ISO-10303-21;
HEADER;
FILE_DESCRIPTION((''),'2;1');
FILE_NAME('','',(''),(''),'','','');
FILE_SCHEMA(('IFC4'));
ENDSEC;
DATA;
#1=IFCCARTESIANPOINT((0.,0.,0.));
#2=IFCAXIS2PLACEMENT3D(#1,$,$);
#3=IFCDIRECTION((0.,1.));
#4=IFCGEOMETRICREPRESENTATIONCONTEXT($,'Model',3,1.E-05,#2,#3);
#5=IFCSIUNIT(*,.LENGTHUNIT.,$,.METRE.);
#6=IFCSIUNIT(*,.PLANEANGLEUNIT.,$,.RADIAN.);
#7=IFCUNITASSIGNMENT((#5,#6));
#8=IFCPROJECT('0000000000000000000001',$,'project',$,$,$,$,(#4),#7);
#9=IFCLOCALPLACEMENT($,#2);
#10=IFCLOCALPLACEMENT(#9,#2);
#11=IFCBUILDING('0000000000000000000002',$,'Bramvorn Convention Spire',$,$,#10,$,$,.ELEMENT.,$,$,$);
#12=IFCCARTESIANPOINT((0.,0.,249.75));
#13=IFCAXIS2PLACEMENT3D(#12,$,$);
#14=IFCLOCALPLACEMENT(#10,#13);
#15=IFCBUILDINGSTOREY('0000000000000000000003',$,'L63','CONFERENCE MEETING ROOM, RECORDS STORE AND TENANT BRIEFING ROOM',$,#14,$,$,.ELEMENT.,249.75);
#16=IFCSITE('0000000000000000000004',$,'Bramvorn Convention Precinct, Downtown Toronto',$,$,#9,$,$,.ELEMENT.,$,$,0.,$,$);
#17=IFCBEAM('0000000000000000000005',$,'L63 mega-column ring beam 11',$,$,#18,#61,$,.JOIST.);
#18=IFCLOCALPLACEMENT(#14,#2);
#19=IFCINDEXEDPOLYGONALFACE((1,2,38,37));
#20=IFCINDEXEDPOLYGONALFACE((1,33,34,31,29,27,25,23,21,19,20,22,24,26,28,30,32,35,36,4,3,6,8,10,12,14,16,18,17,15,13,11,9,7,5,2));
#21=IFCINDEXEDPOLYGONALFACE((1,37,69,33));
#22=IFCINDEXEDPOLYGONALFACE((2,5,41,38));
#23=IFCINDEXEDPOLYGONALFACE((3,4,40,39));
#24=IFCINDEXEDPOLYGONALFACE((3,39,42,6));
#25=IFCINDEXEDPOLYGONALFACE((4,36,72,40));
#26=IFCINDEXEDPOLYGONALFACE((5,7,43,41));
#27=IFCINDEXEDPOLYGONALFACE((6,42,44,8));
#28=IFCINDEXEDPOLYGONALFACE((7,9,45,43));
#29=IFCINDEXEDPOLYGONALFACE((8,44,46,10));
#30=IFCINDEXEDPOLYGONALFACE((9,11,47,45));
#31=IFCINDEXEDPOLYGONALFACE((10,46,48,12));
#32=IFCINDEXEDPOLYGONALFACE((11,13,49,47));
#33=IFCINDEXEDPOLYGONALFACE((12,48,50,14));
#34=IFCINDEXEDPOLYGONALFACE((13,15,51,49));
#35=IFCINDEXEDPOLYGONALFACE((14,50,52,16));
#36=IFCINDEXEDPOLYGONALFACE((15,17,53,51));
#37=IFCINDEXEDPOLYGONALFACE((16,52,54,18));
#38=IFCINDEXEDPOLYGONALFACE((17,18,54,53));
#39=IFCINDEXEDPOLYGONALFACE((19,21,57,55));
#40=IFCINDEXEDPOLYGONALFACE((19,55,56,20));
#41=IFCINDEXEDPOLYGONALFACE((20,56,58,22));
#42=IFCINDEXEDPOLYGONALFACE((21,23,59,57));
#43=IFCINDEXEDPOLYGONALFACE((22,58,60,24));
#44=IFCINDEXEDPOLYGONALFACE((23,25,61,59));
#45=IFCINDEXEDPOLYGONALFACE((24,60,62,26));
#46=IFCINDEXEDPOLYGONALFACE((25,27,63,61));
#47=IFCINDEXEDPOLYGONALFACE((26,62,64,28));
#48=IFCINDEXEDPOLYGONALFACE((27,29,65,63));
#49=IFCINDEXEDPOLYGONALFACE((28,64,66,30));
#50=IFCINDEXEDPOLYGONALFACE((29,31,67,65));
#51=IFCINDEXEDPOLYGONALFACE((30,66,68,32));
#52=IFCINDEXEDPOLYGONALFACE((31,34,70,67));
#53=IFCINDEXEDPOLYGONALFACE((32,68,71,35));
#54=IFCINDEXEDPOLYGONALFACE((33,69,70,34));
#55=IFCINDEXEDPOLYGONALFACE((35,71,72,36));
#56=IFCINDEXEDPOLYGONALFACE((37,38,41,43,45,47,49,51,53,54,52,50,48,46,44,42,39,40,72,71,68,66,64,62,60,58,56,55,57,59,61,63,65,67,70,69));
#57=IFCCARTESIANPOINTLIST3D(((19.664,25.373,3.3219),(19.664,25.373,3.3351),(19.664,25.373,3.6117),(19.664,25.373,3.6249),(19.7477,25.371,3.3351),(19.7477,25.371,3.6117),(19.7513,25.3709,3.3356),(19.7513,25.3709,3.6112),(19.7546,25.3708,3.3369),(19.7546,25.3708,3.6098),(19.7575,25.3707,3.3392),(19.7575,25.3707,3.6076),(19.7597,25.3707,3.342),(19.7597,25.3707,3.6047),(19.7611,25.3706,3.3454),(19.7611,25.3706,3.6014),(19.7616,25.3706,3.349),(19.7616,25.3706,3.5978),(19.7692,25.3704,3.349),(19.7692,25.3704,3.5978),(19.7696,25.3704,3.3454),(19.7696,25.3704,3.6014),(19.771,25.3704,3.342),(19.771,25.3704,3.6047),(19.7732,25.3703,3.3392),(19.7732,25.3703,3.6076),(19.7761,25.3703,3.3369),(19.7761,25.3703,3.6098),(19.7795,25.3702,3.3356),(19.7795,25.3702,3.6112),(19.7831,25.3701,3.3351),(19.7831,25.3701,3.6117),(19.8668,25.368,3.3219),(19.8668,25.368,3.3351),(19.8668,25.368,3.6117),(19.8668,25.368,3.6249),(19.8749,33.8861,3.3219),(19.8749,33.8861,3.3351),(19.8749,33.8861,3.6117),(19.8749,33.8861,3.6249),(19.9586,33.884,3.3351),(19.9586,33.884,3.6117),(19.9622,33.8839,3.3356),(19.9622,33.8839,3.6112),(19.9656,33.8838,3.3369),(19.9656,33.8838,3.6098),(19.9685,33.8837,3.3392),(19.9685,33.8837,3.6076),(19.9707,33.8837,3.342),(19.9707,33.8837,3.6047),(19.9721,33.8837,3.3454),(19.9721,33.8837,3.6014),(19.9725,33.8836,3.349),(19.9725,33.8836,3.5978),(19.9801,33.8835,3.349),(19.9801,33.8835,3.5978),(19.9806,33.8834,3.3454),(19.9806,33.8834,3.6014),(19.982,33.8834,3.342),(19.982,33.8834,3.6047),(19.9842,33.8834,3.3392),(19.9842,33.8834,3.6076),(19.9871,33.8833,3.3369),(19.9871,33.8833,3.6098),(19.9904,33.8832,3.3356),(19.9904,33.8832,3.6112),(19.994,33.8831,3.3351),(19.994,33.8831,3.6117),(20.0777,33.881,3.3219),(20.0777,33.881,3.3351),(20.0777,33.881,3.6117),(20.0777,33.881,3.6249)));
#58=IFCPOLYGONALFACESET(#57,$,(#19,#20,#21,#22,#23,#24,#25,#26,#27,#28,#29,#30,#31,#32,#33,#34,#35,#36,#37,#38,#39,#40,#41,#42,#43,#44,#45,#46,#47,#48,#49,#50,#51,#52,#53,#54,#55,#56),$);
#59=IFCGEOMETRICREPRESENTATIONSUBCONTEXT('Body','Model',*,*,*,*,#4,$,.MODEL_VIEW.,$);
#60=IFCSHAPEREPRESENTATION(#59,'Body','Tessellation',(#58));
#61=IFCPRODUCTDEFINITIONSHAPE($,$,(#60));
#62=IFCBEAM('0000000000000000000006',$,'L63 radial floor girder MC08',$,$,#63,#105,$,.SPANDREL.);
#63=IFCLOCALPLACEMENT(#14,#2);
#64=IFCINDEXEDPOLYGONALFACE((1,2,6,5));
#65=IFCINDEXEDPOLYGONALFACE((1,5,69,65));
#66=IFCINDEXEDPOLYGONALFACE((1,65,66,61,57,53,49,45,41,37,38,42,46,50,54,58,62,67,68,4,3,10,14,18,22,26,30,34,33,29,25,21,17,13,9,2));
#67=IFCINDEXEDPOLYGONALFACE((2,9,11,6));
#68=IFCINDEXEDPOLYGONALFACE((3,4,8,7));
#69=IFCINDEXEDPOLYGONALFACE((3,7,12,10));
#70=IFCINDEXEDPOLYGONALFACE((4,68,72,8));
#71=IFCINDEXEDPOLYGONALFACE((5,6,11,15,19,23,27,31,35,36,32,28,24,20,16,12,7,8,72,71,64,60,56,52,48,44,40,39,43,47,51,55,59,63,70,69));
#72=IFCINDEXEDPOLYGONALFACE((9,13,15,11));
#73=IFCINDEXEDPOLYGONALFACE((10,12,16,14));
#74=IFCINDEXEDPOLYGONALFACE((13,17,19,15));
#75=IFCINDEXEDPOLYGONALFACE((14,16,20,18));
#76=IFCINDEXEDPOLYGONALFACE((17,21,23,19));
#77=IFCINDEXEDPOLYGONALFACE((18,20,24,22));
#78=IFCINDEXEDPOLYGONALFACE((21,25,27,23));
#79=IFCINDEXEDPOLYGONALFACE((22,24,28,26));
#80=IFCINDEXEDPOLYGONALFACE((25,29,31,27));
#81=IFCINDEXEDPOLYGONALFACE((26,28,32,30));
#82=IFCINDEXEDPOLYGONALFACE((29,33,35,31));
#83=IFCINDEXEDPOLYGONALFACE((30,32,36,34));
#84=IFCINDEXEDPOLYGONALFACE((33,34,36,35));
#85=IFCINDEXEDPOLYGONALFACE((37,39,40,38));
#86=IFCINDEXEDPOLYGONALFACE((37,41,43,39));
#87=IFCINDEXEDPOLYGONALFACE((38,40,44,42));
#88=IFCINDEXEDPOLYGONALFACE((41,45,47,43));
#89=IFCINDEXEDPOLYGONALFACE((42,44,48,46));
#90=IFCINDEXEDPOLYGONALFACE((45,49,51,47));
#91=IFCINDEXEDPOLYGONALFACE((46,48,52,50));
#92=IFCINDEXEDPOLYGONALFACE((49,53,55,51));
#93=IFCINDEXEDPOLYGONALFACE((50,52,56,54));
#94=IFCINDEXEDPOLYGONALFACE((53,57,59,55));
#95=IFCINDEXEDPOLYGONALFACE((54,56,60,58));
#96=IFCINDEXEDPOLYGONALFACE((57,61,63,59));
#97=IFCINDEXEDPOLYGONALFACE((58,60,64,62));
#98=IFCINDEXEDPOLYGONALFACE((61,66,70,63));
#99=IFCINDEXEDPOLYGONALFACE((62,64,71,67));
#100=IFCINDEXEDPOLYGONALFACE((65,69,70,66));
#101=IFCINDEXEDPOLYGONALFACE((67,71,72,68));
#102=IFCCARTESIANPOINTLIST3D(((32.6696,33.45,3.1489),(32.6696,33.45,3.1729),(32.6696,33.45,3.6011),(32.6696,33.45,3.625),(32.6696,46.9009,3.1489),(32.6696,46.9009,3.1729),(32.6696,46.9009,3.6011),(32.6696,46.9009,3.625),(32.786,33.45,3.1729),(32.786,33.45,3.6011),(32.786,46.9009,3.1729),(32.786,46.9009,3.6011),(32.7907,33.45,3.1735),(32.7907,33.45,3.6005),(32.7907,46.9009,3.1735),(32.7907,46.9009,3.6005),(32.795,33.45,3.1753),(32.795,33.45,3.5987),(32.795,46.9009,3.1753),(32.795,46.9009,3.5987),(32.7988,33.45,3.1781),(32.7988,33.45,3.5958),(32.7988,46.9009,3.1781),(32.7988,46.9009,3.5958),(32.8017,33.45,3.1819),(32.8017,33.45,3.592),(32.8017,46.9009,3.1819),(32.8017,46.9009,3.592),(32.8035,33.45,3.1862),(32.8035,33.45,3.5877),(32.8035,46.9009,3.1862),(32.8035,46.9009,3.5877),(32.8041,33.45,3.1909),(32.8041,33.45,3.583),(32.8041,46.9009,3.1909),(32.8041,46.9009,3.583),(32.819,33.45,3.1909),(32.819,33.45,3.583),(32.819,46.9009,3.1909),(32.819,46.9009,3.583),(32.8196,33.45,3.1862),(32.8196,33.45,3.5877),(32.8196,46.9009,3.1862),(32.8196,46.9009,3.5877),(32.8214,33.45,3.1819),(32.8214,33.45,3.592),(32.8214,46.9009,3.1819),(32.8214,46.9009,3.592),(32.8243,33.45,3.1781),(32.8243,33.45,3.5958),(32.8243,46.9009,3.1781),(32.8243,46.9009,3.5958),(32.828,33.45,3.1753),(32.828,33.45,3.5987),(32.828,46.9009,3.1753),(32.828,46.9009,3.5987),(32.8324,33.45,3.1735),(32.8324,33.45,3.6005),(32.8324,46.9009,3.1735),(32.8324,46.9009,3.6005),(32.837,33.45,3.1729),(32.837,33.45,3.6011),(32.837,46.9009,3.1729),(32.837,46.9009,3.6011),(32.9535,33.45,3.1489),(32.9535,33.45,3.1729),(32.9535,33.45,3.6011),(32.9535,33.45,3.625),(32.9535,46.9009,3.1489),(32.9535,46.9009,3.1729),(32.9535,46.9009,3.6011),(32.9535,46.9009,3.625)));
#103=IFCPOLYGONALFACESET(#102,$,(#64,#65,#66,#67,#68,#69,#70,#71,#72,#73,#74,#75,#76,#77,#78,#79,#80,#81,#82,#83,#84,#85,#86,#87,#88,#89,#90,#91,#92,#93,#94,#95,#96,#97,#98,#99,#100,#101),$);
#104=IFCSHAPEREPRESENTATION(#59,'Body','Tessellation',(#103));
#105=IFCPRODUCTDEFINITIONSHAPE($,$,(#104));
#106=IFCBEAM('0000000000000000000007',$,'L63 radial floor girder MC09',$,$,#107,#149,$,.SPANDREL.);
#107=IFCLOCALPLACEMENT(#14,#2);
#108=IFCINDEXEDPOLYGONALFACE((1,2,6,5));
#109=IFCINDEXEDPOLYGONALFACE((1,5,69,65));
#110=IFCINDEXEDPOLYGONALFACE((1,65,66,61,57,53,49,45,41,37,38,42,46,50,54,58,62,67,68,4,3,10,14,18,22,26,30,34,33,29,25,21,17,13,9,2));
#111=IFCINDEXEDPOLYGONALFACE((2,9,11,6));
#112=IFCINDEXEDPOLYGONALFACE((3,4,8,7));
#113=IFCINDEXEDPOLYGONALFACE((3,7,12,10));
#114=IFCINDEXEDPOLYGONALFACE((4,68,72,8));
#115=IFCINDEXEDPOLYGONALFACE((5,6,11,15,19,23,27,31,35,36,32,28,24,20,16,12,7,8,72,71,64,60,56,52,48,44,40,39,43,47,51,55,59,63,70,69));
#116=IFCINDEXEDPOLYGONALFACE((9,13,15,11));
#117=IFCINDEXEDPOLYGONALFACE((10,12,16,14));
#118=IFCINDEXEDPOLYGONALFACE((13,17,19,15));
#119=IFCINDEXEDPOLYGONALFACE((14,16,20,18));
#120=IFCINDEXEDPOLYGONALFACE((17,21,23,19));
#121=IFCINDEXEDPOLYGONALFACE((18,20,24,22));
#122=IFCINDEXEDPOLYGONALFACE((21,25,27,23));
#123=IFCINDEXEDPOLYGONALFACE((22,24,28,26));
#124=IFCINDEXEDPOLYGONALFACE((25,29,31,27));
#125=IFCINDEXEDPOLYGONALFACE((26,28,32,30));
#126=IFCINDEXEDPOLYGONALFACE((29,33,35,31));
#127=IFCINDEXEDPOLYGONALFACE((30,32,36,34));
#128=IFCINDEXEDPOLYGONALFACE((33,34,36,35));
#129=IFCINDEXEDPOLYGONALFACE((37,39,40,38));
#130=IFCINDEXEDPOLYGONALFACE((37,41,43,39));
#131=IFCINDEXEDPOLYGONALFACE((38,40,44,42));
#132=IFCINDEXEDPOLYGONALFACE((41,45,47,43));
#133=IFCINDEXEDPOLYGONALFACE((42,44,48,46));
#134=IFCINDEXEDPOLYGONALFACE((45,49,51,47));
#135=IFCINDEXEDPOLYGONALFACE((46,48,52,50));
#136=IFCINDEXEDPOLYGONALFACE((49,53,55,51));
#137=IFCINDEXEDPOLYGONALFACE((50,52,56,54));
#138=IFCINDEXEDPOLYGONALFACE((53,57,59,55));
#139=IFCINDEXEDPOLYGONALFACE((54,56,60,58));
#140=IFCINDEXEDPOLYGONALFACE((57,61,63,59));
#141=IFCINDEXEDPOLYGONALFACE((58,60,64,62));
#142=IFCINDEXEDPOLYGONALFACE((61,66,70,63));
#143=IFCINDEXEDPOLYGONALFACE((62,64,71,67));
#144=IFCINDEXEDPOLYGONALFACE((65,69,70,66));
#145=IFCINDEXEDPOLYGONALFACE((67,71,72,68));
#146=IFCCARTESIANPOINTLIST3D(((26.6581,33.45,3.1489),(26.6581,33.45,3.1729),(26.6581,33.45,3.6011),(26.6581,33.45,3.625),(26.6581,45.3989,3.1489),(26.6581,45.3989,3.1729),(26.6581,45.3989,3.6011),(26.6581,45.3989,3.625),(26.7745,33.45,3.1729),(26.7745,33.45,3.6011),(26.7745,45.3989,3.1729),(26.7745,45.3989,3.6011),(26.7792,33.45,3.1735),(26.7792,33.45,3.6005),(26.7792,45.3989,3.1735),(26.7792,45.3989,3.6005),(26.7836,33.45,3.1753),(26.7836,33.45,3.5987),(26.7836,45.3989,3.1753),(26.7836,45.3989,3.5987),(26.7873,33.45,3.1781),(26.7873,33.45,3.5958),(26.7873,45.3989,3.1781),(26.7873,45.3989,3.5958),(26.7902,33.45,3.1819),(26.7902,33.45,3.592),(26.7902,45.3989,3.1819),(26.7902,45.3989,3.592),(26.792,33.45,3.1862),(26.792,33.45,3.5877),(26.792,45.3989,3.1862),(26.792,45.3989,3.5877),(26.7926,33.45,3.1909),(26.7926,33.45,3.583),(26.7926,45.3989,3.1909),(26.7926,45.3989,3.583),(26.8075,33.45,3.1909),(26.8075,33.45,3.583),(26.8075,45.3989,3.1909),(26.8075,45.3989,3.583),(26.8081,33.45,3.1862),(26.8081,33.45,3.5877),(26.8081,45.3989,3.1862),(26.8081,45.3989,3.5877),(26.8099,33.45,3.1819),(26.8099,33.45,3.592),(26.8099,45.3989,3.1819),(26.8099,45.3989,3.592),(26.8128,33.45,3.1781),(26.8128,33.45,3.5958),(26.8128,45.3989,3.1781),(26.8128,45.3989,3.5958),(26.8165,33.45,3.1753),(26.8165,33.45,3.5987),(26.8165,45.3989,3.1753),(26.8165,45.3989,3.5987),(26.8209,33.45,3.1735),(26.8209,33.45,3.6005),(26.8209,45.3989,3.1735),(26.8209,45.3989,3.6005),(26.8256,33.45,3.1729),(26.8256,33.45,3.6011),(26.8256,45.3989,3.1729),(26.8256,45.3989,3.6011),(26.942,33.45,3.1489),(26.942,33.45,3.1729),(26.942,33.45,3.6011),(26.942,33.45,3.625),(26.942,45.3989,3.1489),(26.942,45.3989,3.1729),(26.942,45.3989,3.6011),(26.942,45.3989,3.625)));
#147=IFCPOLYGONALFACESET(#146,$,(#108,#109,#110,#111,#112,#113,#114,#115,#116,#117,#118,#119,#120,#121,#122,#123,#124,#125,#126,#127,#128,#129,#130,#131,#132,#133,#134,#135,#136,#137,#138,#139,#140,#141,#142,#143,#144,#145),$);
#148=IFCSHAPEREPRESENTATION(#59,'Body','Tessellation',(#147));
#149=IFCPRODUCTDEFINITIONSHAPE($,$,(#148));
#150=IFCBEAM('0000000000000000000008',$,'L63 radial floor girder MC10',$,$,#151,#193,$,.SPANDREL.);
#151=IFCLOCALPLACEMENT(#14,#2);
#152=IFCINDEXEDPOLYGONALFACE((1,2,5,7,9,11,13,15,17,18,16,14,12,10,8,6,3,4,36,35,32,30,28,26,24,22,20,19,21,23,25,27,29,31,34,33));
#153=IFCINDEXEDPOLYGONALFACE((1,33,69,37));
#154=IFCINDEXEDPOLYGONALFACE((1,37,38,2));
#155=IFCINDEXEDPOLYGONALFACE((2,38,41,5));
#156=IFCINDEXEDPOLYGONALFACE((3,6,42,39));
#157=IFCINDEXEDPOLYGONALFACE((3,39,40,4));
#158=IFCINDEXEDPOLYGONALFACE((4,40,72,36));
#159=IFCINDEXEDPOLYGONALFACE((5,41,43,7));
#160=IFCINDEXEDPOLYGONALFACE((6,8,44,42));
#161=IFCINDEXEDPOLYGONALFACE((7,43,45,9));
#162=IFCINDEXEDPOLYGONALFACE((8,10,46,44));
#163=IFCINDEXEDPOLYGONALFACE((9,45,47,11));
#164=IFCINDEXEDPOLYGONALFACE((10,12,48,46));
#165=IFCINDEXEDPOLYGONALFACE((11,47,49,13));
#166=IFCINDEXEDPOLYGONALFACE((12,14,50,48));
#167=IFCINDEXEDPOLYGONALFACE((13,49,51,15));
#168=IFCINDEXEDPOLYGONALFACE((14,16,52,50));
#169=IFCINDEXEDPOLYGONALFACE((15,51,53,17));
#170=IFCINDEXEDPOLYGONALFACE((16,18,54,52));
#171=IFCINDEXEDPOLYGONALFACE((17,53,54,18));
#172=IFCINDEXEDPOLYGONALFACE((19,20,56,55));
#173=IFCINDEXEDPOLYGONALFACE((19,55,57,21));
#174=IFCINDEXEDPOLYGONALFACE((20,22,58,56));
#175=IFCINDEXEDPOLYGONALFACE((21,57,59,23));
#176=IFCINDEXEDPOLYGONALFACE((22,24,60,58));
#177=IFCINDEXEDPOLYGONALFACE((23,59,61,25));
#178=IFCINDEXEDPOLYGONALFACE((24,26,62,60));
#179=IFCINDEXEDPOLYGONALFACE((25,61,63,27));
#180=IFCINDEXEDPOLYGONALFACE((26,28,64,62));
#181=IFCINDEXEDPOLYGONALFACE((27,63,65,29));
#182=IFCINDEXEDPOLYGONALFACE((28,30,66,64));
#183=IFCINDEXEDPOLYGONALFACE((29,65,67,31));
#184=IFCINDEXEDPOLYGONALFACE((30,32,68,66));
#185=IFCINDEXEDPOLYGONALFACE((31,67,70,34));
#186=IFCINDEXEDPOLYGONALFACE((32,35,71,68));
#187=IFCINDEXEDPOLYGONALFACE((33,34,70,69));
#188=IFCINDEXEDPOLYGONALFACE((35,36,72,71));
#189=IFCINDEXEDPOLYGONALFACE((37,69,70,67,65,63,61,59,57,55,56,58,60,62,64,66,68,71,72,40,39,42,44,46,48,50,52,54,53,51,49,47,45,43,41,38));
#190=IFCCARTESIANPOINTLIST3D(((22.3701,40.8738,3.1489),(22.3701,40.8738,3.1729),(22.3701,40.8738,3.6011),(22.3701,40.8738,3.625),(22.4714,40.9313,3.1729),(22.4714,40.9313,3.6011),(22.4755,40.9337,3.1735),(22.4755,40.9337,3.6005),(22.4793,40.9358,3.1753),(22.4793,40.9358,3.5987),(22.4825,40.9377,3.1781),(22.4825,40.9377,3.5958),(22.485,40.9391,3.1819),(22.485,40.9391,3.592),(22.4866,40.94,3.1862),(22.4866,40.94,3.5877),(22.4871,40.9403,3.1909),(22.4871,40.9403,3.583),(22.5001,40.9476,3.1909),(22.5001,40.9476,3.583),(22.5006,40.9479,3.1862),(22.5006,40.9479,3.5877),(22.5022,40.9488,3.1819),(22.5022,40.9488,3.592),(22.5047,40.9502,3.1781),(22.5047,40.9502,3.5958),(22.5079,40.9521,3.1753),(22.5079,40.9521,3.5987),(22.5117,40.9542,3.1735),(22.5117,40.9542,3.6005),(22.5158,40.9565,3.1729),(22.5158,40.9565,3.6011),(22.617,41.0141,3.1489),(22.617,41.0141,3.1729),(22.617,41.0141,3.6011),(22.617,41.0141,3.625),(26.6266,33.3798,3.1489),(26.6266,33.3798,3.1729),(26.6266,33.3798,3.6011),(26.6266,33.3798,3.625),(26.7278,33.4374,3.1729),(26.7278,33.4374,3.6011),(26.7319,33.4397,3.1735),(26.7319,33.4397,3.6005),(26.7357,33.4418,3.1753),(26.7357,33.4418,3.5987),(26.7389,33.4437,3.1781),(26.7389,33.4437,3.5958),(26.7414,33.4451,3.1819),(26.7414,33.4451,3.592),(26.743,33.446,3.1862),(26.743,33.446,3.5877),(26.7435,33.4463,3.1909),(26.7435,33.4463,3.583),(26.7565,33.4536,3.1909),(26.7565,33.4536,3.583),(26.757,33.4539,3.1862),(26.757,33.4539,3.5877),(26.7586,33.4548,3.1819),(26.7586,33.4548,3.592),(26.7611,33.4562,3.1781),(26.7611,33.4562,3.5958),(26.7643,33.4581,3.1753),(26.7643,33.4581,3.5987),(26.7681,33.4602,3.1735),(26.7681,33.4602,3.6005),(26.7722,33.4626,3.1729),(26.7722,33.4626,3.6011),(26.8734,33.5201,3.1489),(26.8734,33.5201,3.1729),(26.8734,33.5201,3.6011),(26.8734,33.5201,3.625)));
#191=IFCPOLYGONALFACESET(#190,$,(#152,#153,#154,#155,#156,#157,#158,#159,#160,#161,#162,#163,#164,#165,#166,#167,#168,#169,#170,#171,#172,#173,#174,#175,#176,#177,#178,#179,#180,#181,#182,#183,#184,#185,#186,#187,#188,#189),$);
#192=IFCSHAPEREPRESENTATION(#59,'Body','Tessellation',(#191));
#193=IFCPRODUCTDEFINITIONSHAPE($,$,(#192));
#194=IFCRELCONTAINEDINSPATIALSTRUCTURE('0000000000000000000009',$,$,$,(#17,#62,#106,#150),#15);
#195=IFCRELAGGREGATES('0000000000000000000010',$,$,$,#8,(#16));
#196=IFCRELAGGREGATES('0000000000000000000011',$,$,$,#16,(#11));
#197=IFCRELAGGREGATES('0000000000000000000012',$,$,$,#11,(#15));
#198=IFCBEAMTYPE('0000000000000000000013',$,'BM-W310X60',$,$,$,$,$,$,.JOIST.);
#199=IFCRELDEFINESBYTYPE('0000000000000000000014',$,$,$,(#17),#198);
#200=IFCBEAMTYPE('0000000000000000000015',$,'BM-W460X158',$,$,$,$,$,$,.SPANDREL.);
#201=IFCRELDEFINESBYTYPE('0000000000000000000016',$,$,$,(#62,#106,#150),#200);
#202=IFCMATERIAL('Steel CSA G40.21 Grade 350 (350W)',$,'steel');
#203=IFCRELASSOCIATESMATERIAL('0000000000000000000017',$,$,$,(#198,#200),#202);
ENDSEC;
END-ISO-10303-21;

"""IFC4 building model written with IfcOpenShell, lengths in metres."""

from ifc_helpers import new_model, si_unit, direction, frame, origin, origin_2d, place, context, subcontext, project, spatial, i_section, extrude, material, material_profile, profile_set, type_object, element, save


model = new_model("IFC4")

# Units and contexts
model_context = context("Model", 3, precision=1e-05, world=origin(), true_north=direction((0.0, 1.0)))
body_context = subcontext(model_context, "Body", "Model", "MODEL_VIEW")
ifc_project = project(units=[si_unit("LENGTHUNIT", "METRE"), si_unit("PLANEANGLEUNIT", "RADIAN")], contexts=[model_context])

# Site, building, storey
site_placement = place(None, origin())
site = spatial("IfcSite", under=ifc_project, at=site_placement, Name="Bramvorn Convention Precinct, Downtown Toronto", CompositionType="ELEMENT", RefElevation=0.0)
building_placement = place(site_placement, origin())
building = spatial("IfcBuilding", under=site, at=building_placement, Name="Bramvorn Convention Spire", CompositionType="ELEMENT")
storey_placement = place(building_placement, frame((0.0, 0.0, 249.75)))
storey = spatial("IfcBuildingStorey", under=building, at=storey_placement, Name="L63", Description="CONFERENCE MEETING ROOM, RECORDS STORE AND TENANT BRIEFING ROOM", CompositionType="ELEMENT", Elevation=249.75)

# Shared definitions
ifc_material_1 = material(Name="Steel CSA G40.21 Grade 350 (350W)", Category="steel")

# Beams
ifc_material_profile_1 = material_profile(ifc_material_1, i_section(OverallWidth=0.2029, OverallDepth=0.303, WebThickness=0.0076, FlangeThickness=0.0132, FilletRadius=0.0139, at=origin_2d()))
ifc_profile_set_1 = profile_set([ifc_material_profile_1], Name="Steel CSA G40.21 Grade 350 (350W) - W310X60")
beam_type_1 = type_object("IfcBeamType", Name="BM-W310X60", PredefinedType="JOIST", material=ifc_profile_set_1)
beam_1_placement = place(storey_placement, frame((19.9763, 33.8835, 3.4734), z_axis=(-0.024771, -0.999693, 0.0), x_axis=(0.999693, -0.024771, 0.0)))
element("IfcBeam", 1, at=beam_1_placement, inside=storey, type_object=beam_type_1, Name="L63 mega-column ring beam 11", PredefinedType="JOIST", context=body_context, shape_type="SweptSolid", body=[
    extrude(i_section(OverallWidth=0.2029, OverallDepth=0.303, WebThickness=0.0076, FlangeThickness=0.0132, FilletRadius=0.0139, at=origin_2d()), origin(), (0.0, 0.0, 1.0), 8.5156),
])
ifc_material_profile_2 = material_profile(ifc_material_1, i_section(OverallWidth=0.2839, OverallDepth=0.4761, WebThickness=0.0149, FlangeThickness=0.0239, FilletRadius=0.0181, at=origin_2d()))
ifc_profile_set_2 = profile_set([ifc_material_profile_2], Name="Steel CSA G40.21 Grade 350 (350W) - W460X158")
beam_type_2 = type_object("IfcBeamType", Name="BM-W460X158", PredefinedType="SPANDREL", material=ifc_profile_set_2)
beam_2_placement = place(storey_placement, frame((32.8115, 33.45, 3.387), z_axis=(0.0, 1.0, 0.0), x_axis=(-1.0, 0.0, 0.0)))
element("IfcBeam", 2, at=beam_2_placement, inside=storey, type_object=beam_type_2, Name="L63 radial floor girder MC08", PredefinedType="SPANDREL", context=body_context, shape_type="SweptSolid", body=[
    extrude(i_section(OverallWidth=0.2839, OverallDepth=0.4761, WebThickness=0.0149, FlangeThickness=0.0239, FilletRadius=0.0181, at=origin_2d()), origin(), (0.0, 0.0, 1.0), 13.4509),
])
beam_3_placement = place(storey_placement, frame((26.8, 33.45, 3.387), z_axis=(0.0, 1.0, 0.0), x_axis=(-1.0, 0.0, 0.0)))
element("IfcBeam", 3, at=beam_3_placement, inside=storey, type_object=beam_type_2, Name="L63 radial floor girder MC09", PredefinedType="SPANDREL", context=body_context, shape_type="SweptSolid", body=[
    extrude(i_section(OverallWidth=0.2839, OverallDepth=0.4761, WebThickness=0.0149, FlangeThickness=0.0239, FilletRadius=0.0181, at=origin_2d()), origin(), (0.0, 0.0, 1.0), 11.949),
])
beam_4_placement = place(storey_placement, frame((26.75, 33.45, 3.387), z_axis=(-0.493874, 0.869534, 0.0), x_axis=(-0.869534, -0.493874, 0.0)))
element("IfcBeam", 4, at=beam_4_placement, inside=storey, type_object=beam_type_2, Name="L63 radial floor girder MC10", PredefinedType="SPANDREL", context=body_context, shape_type="SweptSolid", body=[
    extrude(i_section(OverallWidth=0.2839, OverallDepth=0.4761, WebThickness=0.0149, FlangeThickness=0.0239, FilletRadius=0.0181, at=origin_2d()), origin(), (0.0, 0.0, 1.0), 8.6184),
])

save(model, "model.ifc")
